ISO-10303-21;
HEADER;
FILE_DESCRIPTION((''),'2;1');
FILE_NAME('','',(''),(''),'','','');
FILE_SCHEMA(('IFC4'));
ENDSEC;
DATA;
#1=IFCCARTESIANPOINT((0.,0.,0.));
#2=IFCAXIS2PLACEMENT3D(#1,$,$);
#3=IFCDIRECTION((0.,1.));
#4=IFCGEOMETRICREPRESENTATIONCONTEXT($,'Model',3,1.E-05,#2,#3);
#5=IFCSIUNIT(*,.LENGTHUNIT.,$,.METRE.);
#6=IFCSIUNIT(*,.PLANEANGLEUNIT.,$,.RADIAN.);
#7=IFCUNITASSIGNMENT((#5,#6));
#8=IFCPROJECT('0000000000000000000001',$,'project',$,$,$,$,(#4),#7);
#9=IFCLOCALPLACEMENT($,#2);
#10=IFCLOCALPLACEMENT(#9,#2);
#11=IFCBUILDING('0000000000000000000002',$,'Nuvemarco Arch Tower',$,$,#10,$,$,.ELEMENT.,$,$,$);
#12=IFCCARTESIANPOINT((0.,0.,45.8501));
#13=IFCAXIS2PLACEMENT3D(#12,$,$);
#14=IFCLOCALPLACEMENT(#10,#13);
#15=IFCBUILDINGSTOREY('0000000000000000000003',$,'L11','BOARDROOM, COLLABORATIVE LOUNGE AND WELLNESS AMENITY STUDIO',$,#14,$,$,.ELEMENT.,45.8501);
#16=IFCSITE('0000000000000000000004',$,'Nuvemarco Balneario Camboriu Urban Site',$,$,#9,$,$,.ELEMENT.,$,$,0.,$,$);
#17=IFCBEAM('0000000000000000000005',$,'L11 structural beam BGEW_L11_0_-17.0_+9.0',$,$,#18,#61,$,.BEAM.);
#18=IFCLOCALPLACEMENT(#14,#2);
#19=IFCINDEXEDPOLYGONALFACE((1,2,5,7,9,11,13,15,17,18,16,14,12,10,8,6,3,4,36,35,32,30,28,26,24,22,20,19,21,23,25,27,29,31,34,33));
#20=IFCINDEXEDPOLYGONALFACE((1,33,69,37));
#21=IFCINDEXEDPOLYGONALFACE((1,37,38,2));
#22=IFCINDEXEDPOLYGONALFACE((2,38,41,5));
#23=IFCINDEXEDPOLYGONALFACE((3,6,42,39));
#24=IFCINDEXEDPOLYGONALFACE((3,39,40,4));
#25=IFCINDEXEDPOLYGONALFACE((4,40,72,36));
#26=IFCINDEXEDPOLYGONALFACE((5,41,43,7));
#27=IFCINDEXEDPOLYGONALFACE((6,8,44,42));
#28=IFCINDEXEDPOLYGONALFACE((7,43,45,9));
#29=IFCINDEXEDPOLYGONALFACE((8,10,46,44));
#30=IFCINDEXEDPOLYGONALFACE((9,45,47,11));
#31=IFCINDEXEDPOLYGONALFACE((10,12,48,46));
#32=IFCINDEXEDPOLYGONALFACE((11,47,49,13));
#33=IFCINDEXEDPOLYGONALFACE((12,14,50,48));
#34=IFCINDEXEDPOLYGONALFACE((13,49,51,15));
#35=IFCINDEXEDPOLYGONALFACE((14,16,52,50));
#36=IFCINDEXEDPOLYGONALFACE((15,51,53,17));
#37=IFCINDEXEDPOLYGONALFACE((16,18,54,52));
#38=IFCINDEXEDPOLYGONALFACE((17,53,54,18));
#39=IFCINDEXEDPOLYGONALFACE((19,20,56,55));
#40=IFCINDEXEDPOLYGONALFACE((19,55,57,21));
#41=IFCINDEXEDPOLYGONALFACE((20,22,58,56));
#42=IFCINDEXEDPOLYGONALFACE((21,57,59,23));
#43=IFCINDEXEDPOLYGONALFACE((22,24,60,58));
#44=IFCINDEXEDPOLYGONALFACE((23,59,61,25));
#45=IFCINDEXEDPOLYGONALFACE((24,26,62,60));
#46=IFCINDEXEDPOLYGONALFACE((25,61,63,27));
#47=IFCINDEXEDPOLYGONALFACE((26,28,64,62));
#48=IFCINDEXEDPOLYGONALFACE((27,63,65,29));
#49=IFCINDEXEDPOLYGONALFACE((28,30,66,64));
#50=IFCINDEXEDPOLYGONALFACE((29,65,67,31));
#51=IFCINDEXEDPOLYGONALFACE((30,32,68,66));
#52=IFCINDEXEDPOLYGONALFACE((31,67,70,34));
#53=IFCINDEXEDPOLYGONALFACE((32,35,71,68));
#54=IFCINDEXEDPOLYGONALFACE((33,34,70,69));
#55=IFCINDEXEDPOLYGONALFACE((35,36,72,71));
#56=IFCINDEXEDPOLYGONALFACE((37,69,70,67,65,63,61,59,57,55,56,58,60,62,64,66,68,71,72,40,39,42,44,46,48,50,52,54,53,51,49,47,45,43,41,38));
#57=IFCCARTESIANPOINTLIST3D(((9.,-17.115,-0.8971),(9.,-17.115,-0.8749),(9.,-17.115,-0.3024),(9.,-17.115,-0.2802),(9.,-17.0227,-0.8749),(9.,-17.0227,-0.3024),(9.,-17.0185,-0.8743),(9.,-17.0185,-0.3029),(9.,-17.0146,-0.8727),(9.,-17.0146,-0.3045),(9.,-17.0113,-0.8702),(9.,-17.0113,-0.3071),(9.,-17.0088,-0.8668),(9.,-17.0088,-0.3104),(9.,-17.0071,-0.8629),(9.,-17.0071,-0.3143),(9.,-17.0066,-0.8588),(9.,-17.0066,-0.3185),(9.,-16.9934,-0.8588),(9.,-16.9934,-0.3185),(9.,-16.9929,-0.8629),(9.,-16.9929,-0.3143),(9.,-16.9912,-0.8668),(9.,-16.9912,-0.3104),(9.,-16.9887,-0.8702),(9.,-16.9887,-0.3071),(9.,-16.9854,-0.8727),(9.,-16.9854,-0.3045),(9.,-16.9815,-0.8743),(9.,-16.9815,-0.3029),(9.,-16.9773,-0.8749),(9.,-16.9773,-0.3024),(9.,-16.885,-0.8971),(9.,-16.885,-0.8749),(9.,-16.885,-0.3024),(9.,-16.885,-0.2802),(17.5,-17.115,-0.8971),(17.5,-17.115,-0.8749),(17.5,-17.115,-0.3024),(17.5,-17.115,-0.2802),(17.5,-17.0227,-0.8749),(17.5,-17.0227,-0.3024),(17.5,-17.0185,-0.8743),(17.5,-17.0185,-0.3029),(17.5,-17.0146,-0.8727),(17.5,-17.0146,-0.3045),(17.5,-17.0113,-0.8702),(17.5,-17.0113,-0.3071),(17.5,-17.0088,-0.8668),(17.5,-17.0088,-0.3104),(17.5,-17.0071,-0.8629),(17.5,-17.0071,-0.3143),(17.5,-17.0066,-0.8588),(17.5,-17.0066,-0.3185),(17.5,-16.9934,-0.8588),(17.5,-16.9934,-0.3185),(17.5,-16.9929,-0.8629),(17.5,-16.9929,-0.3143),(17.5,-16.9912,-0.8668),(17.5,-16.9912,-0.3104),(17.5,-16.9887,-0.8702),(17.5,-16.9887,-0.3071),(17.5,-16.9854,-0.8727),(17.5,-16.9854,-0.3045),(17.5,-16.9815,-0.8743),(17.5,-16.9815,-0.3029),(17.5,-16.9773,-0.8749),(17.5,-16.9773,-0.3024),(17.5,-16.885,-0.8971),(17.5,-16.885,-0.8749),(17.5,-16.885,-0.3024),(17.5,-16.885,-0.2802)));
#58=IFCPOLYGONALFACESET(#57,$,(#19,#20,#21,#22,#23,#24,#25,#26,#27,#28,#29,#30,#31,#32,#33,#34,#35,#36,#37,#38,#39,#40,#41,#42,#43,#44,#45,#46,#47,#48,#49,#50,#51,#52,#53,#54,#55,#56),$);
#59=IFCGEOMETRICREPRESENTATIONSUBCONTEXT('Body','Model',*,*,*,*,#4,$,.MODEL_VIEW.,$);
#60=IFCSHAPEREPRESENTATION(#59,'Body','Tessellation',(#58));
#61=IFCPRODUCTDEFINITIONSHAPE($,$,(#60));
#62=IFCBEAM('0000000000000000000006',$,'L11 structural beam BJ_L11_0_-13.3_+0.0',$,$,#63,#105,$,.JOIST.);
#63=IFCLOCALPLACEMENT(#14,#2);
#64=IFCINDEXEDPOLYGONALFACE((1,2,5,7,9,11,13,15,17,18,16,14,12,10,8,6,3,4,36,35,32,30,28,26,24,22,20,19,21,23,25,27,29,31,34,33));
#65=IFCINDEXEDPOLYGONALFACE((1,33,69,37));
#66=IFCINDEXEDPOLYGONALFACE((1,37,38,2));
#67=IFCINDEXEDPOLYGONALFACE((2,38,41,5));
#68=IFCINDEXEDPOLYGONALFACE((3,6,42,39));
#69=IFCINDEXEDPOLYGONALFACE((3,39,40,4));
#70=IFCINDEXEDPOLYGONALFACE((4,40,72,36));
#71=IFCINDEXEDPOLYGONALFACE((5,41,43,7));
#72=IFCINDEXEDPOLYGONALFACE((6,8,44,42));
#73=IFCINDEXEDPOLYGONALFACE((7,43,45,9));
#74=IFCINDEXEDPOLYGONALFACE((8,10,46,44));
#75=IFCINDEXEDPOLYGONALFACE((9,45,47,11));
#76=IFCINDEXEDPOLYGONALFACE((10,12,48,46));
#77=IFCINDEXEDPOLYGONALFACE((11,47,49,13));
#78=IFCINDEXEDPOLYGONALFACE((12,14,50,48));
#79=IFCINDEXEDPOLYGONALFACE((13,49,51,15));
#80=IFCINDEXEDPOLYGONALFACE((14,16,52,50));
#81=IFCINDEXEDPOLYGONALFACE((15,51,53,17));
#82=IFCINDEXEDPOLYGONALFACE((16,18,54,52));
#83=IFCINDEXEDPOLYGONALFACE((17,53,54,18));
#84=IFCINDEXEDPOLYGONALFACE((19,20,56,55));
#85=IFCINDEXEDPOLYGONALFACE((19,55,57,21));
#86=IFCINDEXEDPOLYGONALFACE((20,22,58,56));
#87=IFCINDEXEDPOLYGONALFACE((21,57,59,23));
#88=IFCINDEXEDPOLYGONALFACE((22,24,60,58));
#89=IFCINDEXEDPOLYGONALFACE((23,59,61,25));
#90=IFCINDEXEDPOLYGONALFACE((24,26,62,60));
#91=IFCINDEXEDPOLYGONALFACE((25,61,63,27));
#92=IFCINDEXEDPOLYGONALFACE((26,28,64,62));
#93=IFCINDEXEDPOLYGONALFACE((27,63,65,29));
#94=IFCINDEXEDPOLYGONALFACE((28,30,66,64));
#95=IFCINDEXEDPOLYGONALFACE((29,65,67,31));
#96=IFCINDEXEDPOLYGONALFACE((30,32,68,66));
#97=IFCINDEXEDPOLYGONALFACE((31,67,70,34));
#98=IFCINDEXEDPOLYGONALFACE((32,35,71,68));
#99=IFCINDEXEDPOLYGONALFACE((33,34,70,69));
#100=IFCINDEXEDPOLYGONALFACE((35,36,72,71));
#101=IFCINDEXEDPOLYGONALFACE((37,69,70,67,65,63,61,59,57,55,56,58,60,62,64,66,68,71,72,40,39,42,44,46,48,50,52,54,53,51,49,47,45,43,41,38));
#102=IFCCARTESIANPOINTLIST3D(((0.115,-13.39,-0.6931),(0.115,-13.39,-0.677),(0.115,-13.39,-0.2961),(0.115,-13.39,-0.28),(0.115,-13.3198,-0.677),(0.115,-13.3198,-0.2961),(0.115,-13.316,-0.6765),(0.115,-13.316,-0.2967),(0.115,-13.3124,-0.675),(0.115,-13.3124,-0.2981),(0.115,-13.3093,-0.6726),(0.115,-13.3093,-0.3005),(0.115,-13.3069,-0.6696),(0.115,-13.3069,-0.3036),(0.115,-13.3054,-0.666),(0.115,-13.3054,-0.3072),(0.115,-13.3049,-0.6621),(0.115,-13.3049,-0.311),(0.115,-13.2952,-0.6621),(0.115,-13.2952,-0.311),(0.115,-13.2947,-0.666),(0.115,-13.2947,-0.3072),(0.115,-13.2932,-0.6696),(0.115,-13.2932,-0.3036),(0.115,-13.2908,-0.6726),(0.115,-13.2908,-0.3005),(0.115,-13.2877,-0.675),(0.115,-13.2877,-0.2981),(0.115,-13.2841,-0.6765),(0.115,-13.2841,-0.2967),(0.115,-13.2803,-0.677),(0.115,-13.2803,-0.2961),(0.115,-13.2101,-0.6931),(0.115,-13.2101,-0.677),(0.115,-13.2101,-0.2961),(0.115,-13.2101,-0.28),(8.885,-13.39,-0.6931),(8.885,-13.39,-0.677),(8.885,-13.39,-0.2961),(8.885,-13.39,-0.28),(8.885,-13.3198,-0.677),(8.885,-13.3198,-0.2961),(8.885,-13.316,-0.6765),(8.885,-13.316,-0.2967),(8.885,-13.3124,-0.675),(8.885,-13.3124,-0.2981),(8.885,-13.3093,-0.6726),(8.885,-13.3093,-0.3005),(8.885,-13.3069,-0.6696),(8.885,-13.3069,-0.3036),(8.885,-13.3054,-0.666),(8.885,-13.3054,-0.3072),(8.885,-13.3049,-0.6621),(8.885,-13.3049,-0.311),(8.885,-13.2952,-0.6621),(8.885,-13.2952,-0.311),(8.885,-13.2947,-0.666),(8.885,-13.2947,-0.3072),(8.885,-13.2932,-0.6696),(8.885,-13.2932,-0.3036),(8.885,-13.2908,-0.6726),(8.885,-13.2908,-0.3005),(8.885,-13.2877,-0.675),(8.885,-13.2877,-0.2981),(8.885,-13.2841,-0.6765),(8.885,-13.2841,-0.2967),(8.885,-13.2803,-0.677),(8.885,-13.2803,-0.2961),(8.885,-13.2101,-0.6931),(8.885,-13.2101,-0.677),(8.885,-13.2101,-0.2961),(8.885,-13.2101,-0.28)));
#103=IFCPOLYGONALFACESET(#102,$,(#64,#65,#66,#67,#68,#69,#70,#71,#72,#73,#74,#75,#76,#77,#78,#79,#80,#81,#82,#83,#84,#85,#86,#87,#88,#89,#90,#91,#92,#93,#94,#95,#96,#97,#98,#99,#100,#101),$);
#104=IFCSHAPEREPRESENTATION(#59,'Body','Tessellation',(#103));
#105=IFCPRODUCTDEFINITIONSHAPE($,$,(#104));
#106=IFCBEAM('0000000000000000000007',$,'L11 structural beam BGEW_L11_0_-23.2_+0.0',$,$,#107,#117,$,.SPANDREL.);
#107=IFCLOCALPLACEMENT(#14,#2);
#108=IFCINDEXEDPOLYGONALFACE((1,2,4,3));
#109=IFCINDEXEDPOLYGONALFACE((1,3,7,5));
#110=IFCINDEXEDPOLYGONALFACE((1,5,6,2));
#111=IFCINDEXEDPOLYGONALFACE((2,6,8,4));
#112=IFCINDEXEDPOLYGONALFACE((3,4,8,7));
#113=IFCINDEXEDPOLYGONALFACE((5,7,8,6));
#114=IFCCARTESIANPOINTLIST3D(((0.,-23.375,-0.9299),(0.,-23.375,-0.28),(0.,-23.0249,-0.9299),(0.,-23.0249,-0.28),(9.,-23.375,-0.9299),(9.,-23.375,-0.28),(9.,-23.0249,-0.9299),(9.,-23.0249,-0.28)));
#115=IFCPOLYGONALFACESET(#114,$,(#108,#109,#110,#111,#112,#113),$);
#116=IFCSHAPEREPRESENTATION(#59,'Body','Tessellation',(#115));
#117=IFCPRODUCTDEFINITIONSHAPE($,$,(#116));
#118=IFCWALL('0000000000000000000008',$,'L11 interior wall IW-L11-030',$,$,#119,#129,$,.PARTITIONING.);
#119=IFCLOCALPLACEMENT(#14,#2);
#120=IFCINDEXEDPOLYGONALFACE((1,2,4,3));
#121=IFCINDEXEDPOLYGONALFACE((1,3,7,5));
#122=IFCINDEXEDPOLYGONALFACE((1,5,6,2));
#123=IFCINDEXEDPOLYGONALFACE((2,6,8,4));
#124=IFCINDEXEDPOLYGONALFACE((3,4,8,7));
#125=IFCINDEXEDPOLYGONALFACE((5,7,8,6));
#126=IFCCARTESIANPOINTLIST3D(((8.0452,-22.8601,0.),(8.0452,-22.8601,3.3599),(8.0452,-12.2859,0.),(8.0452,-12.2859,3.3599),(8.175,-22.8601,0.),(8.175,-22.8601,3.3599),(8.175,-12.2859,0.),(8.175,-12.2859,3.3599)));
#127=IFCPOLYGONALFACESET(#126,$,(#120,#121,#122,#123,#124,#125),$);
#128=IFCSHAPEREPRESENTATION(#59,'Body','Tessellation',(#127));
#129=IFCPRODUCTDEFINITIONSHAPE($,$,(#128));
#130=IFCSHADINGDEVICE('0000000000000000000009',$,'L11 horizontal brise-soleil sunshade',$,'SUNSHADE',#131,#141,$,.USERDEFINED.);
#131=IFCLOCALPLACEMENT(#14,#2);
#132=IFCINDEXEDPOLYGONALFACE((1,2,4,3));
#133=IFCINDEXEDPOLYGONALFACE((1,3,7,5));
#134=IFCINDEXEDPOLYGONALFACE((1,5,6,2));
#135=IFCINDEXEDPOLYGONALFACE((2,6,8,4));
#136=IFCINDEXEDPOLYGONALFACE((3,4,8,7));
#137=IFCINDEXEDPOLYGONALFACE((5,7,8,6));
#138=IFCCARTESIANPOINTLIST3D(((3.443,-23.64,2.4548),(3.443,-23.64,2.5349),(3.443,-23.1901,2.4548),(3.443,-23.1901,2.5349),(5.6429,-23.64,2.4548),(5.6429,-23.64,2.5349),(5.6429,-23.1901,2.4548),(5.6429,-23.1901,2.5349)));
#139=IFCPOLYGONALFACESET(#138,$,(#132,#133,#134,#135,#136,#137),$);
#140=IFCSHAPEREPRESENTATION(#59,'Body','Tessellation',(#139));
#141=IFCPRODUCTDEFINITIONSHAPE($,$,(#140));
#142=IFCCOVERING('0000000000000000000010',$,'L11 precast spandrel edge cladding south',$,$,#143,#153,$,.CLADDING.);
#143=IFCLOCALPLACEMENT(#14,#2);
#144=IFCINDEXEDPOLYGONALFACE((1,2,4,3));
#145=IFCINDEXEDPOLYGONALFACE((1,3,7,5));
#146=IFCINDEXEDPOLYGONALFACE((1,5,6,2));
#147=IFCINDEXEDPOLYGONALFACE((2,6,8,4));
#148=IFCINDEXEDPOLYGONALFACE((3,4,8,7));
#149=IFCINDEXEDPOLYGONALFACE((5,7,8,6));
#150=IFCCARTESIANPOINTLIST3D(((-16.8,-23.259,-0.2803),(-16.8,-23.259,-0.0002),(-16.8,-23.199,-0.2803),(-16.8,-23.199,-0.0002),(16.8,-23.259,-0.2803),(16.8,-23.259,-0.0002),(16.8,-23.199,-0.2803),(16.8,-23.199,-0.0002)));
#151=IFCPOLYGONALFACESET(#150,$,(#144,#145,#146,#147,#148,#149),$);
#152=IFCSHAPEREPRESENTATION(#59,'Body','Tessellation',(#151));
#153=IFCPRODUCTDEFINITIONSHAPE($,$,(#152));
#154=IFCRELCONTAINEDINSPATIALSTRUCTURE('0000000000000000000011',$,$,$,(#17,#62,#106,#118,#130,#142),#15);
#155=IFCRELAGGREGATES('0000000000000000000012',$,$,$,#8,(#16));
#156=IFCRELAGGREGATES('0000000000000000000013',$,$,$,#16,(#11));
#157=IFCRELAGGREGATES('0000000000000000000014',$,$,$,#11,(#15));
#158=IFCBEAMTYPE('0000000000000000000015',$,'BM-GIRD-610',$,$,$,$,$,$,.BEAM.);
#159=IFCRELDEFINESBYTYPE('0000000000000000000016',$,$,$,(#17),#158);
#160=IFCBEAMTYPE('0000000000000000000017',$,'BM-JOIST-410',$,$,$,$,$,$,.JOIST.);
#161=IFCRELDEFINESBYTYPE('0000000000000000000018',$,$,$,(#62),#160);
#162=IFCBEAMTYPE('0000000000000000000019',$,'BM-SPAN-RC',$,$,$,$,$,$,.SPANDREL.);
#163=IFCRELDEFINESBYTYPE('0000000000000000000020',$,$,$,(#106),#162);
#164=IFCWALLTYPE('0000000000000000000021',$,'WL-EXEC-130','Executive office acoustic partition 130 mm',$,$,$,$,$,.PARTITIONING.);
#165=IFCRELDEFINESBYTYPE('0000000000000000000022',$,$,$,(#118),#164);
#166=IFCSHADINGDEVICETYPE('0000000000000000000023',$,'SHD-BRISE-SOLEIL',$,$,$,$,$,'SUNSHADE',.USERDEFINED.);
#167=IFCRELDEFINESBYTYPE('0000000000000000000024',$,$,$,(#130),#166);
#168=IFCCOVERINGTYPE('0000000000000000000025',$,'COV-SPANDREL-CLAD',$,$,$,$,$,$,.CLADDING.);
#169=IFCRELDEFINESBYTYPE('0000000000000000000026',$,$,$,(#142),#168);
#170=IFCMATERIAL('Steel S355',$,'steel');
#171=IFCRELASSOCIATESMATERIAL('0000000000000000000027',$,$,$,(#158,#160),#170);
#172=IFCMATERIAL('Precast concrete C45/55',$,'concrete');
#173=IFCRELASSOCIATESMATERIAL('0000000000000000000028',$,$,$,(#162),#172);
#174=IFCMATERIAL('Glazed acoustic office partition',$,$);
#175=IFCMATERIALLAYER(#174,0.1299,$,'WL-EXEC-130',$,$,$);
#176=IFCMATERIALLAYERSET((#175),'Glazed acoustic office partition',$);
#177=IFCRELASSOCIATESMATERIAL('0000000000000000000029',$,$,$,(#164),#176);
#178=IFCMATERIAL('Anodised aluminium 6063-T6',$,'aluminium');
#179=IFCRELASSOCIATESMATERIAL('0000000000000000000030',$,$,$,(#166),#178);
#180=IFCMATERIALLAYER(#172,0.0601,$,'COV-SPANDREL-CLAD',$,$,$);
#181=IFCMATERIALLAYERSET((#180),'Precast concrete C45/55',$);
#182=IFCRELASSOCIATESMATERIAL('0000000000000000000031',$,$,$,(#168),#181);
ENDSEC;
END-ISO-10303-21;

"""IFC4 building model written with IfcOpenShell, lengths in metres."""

from ifc_helpers import new_model, si_unit, direction, frame, frame_2d, origin, origin_2d, place, context, subcontext, project, spatial, rectangle, i_section, extrude, source, transform, mapped, material, layer, layer_set, material_profile, profile_set, type_object, type_shapes, element, save


model = new_model("IFC4")

# Units and contexts
model_context = context("Model", 3, precision=1e-05, world=origin(), true_north=direction((0.0, 1.0)))
body_context = subcontext(model_context, "Body", "Model", "MODEL_VIEW")
ifc_project = project(units=[si_unit("LENGTHUNIT", "METRE"), si_unit("PLANEANGLEUNIT", "RADIAN")], contexts=[model_context])

# Site, building, storey
site_placement = place(None, origin())
site = spatial("IfcSite", under=ifc_project, at=site_placement, Name="Nuvemarco Balneario Camboriu Urban Site", CompositionType="ELEMENT", RefElevation=0.0)
building_placement = place(site_placement, origin())
building = spatial("IfcBuilding", under=site, at=building_placement, Name="Nuvemarco Arch Tower", CompositionType="ELEMENT")
storey_placement = place(building_placement, frame((0.0, 0.0, 45.8501)))
storey = spatial("IfcBuildingStorey", under=building, at=storey_placement, Name="L11", Description="BOARDROOM, COLLABORATIVE LOUNGE AND WELLNESS AMENITY STUDIO", CompositionType="ELEMENT", Elevation=45.8501)

# Shared definitions
ifc_material_1 = material(Name="Steel S355", Category="steel")

# Beams
ifc_material_profile_1 = material_profile(ifc_material_1, i_section(OverallWidth=0.23, OverallDepth=0.6169, WebThickness=0.0132, FlangeThickness=0.0222, FilletRadius=0.0161, at=origin_2d()), Name="W610x140")
ifc_profile_set_1 = profile_set([ifc_material_profile_1], Name="Steel S355")
beam_type_1 = type_object("IfcBeamType", Name="BM-GIRD-610", PredefinedType="BEAM", material=ifc_profile_set_1)
beam_1_placement = place(storey_placement, frame((9.0, -17.0, -0.5886), z_axis=(1.0, 0.0, 0.0), x_axis=(0.0, 1.0, 0.0)))
element("IfcBeam", 1, at=beam_1_placement, inside=storey, type_object=beam_type_1, Name="L11 structural beam BGEW_L11_0_-17.0_+9.0", PredefinedType="BEAM", context=body_context, shape_type="SweptSolid", body=[
    extrude(i_section(OverallWidth=0.23, OverallDepth=0.6169, WebThickness=0.0132, FlangeThickness=0.0222, FilletRadius=0.0161, at=origin_2d()), origin(), (0.0, 0.0, 1.0), 8.5),
])
ifc_material_profile_2 = material_profile(ifc_material_1, i_section(OverallWidth=0.1799, OverallDepth=0.4131, WebThickness=0.0098, FlangeThickness=0.0161, FilletRadius=0.0149, at=origin_2d()), Name="W410x75")
ifc_profile_set_2 = profile_set([ifc_material_profile_2], Name="Steel S355")
beam_type_2 = type_object("IfcBeamType", Name="BM-JOIST-410", PredefinedType="JOIST", material=ifc_profile_set_2)
beam_2_placement = place(storey_placement, frame((0.115, -13.3, -0.4866), z_axis=(1.0, 0.0, 0.0), x_axis=(0.0, 1.0, 0.0)))
element("IfcBeam", 2, at=beam_2_placement, inside=storey, type_object=beam_type_2, Name="L11 structural beam BJ_L11_0_-13.3_+0.0", PredefinedType="JOIST", context=body_context, shape_type="SweptSolid", body=[
    extrude(i_section(OverallWidth=0.1799, OverallDepth=0.4131, WebThickness=0.0098, FlangeThickness=0.0161, FilletRadius=0.0149, at=origin_2d()), origin(), (0.0, 0.0, 1.0), 8.77),
])
ifc_material_2 = material(Name="Precast concrete C45/55", Category="concrete")
ifc_material_profile_3 = material_profile(ifc_material_2, rectangle(XDim=0.3501, YDim=0.6499, at=origin_2d()), Name="PC-SP-350x650")
ifc_profile_set_3 = profile_set([ifc_material_profile_3], Name="Precast concrete C45/55")
beam_type_3 = type_object("IfcBeamType", Name="BM-SPAN-RC", PredefinedType="SPANDREL", material=ifc_profile_set_3)
beam_3_placement = place(storey_placement, frame((0.0, -23.2, -0.605), z_axis=(1.0, 0.0, 0.0), x_axis=(0.0, 1.0, 0.0)))
element("IfcBeam", 3, at=beam_3_placement, inside=storey, type_object=beam_type_3, Name="L11 structural beam BGEW_L11_0_-23.2_+0.0", PredefinedType="SPANDREL", context=body_context, shape_type="SweptSolid", body=[
    extrude(rectangle(XDim=0.3501, YDim=0.6499, at=origin_2d()), origin(), (0.0, 0.0, 1.0), 9.0),
])

# Wall
ifc_material_3 = material(Name="Glazed acoustic office partition")
ifc_layer_1 = layer(ifc_material_3, 0.1299, Name="WL-EXEC-130")
ifc_layer_set_1 = layer_set([ifc_layer_1], Name="Glazed acoustic office partition")
wall_type = type_object("IfcWallType", Name="WL-EXEC-130", Description="Executive office acoustic partition 130 mm", PredefinedType="PARTITIONING", material=ifc_layer_set_1)
wall_placement = place(storey_placement, frame((8.1101, -22.8601, 0.0), z_axis=(0.0, 0.0, 1.0), x_axis=(0.0, 1.0, 0.0)))
element("IfcWall", 4, at=wall_placement, inside=storey, type_object=wall_type, Name="L11 interior wall IW-L11-030", PredefinedType="PARTITIONING", context=body_context, shape_type="SweptSolid", body=[
    extrude(rectangle(XDim=10.5742, YDim=0.1299, at=frame_2d((5.2871, 0.0))), origin(), (0.0, 0.0, 1.0), 3.3599),
])

# Shading device
ifc_material_4 = material(Name="Anodised aluminium 6063-T6", Category="aluminium")
shading_device_type = type_object("IfcShadingDeviceType", Name="SHD-BRISE-SOLEIL", ElementType="SUNSHADE", PredefinedType="USERDEFINED", material=ifc_material_4)
shared_shape_1 = source(origin(), body_context, "Body", "SweptSolid", [
    extrude(rectangle(XDim=2.2, YDim=0.45, at=origin_2d()), origin(), (0.0, 0.0, 1.0), 0.0801),
])
type_shapes(shading_device_type, [shared_shape_1])
shading_device_placement = place(storey_placement, frame((4.543, -23.415, 2.4548), z_axis=(0.0, 0.0, 1.0), x_axis=(1.0, 0.0, 0.0)))
element("IfcShadingDevice", 5, at=shading_device_placement, inside=storey, type_object=shading_device_type, Name="L11 horizontal brise-soleil sunshade", ObjectType="SUNSHADE", PredefinedType="USERDEFINED", context=body_context, shape_type="MappedRepresentation", body=[
    mapped(shared_shape_1, transform((0.0, 0.0, 0.0), scale=1.0)),
])

# Covering
ifc_layer_2 = layer(ifc_material_2, 0.0601, Name="COV-SPANDREL-CLAD")
ifc_layer_set_2 = layer_set([ifc_layer_2], Name="Precast concrete C45/55")
covering_type = type_object("IfcCoveringType", Name="COV-SPANDREL-CLAD", PredefinedType="CLADDING", material=ifc_layer_set_2)
shared_shape_2 = source(origin(), body_context, "Body", "SweptSolid", [
    extrude(rectangle(XDim=33.6001, YDim=0.0601, at=origin_2d()), origin(), (0.0, 0.0, 1.0), 0.28),
])
type_shapes(covering_type, [shared_shape_2])
covering_placement = place(storey_placement, frame((0.0, -23.229, -0.2803), z_axis=(0.0, 0.0, 1.0), x_axis=(1.0, 0.0, 0.0)))
element("IfcCovering", 6, at=covering_placement, inside=storey, type_object=covering_type, Name="L11 precast spandrel edge cladding south", PredefinedType="CLADDING", context=body_context, shape_type="MappedRepresentation", body=[
    mapped(shared_shape_2, transform((0.0, 0.0, 0.0), scale=1.0)),
])

save(model, "model.ifc")
